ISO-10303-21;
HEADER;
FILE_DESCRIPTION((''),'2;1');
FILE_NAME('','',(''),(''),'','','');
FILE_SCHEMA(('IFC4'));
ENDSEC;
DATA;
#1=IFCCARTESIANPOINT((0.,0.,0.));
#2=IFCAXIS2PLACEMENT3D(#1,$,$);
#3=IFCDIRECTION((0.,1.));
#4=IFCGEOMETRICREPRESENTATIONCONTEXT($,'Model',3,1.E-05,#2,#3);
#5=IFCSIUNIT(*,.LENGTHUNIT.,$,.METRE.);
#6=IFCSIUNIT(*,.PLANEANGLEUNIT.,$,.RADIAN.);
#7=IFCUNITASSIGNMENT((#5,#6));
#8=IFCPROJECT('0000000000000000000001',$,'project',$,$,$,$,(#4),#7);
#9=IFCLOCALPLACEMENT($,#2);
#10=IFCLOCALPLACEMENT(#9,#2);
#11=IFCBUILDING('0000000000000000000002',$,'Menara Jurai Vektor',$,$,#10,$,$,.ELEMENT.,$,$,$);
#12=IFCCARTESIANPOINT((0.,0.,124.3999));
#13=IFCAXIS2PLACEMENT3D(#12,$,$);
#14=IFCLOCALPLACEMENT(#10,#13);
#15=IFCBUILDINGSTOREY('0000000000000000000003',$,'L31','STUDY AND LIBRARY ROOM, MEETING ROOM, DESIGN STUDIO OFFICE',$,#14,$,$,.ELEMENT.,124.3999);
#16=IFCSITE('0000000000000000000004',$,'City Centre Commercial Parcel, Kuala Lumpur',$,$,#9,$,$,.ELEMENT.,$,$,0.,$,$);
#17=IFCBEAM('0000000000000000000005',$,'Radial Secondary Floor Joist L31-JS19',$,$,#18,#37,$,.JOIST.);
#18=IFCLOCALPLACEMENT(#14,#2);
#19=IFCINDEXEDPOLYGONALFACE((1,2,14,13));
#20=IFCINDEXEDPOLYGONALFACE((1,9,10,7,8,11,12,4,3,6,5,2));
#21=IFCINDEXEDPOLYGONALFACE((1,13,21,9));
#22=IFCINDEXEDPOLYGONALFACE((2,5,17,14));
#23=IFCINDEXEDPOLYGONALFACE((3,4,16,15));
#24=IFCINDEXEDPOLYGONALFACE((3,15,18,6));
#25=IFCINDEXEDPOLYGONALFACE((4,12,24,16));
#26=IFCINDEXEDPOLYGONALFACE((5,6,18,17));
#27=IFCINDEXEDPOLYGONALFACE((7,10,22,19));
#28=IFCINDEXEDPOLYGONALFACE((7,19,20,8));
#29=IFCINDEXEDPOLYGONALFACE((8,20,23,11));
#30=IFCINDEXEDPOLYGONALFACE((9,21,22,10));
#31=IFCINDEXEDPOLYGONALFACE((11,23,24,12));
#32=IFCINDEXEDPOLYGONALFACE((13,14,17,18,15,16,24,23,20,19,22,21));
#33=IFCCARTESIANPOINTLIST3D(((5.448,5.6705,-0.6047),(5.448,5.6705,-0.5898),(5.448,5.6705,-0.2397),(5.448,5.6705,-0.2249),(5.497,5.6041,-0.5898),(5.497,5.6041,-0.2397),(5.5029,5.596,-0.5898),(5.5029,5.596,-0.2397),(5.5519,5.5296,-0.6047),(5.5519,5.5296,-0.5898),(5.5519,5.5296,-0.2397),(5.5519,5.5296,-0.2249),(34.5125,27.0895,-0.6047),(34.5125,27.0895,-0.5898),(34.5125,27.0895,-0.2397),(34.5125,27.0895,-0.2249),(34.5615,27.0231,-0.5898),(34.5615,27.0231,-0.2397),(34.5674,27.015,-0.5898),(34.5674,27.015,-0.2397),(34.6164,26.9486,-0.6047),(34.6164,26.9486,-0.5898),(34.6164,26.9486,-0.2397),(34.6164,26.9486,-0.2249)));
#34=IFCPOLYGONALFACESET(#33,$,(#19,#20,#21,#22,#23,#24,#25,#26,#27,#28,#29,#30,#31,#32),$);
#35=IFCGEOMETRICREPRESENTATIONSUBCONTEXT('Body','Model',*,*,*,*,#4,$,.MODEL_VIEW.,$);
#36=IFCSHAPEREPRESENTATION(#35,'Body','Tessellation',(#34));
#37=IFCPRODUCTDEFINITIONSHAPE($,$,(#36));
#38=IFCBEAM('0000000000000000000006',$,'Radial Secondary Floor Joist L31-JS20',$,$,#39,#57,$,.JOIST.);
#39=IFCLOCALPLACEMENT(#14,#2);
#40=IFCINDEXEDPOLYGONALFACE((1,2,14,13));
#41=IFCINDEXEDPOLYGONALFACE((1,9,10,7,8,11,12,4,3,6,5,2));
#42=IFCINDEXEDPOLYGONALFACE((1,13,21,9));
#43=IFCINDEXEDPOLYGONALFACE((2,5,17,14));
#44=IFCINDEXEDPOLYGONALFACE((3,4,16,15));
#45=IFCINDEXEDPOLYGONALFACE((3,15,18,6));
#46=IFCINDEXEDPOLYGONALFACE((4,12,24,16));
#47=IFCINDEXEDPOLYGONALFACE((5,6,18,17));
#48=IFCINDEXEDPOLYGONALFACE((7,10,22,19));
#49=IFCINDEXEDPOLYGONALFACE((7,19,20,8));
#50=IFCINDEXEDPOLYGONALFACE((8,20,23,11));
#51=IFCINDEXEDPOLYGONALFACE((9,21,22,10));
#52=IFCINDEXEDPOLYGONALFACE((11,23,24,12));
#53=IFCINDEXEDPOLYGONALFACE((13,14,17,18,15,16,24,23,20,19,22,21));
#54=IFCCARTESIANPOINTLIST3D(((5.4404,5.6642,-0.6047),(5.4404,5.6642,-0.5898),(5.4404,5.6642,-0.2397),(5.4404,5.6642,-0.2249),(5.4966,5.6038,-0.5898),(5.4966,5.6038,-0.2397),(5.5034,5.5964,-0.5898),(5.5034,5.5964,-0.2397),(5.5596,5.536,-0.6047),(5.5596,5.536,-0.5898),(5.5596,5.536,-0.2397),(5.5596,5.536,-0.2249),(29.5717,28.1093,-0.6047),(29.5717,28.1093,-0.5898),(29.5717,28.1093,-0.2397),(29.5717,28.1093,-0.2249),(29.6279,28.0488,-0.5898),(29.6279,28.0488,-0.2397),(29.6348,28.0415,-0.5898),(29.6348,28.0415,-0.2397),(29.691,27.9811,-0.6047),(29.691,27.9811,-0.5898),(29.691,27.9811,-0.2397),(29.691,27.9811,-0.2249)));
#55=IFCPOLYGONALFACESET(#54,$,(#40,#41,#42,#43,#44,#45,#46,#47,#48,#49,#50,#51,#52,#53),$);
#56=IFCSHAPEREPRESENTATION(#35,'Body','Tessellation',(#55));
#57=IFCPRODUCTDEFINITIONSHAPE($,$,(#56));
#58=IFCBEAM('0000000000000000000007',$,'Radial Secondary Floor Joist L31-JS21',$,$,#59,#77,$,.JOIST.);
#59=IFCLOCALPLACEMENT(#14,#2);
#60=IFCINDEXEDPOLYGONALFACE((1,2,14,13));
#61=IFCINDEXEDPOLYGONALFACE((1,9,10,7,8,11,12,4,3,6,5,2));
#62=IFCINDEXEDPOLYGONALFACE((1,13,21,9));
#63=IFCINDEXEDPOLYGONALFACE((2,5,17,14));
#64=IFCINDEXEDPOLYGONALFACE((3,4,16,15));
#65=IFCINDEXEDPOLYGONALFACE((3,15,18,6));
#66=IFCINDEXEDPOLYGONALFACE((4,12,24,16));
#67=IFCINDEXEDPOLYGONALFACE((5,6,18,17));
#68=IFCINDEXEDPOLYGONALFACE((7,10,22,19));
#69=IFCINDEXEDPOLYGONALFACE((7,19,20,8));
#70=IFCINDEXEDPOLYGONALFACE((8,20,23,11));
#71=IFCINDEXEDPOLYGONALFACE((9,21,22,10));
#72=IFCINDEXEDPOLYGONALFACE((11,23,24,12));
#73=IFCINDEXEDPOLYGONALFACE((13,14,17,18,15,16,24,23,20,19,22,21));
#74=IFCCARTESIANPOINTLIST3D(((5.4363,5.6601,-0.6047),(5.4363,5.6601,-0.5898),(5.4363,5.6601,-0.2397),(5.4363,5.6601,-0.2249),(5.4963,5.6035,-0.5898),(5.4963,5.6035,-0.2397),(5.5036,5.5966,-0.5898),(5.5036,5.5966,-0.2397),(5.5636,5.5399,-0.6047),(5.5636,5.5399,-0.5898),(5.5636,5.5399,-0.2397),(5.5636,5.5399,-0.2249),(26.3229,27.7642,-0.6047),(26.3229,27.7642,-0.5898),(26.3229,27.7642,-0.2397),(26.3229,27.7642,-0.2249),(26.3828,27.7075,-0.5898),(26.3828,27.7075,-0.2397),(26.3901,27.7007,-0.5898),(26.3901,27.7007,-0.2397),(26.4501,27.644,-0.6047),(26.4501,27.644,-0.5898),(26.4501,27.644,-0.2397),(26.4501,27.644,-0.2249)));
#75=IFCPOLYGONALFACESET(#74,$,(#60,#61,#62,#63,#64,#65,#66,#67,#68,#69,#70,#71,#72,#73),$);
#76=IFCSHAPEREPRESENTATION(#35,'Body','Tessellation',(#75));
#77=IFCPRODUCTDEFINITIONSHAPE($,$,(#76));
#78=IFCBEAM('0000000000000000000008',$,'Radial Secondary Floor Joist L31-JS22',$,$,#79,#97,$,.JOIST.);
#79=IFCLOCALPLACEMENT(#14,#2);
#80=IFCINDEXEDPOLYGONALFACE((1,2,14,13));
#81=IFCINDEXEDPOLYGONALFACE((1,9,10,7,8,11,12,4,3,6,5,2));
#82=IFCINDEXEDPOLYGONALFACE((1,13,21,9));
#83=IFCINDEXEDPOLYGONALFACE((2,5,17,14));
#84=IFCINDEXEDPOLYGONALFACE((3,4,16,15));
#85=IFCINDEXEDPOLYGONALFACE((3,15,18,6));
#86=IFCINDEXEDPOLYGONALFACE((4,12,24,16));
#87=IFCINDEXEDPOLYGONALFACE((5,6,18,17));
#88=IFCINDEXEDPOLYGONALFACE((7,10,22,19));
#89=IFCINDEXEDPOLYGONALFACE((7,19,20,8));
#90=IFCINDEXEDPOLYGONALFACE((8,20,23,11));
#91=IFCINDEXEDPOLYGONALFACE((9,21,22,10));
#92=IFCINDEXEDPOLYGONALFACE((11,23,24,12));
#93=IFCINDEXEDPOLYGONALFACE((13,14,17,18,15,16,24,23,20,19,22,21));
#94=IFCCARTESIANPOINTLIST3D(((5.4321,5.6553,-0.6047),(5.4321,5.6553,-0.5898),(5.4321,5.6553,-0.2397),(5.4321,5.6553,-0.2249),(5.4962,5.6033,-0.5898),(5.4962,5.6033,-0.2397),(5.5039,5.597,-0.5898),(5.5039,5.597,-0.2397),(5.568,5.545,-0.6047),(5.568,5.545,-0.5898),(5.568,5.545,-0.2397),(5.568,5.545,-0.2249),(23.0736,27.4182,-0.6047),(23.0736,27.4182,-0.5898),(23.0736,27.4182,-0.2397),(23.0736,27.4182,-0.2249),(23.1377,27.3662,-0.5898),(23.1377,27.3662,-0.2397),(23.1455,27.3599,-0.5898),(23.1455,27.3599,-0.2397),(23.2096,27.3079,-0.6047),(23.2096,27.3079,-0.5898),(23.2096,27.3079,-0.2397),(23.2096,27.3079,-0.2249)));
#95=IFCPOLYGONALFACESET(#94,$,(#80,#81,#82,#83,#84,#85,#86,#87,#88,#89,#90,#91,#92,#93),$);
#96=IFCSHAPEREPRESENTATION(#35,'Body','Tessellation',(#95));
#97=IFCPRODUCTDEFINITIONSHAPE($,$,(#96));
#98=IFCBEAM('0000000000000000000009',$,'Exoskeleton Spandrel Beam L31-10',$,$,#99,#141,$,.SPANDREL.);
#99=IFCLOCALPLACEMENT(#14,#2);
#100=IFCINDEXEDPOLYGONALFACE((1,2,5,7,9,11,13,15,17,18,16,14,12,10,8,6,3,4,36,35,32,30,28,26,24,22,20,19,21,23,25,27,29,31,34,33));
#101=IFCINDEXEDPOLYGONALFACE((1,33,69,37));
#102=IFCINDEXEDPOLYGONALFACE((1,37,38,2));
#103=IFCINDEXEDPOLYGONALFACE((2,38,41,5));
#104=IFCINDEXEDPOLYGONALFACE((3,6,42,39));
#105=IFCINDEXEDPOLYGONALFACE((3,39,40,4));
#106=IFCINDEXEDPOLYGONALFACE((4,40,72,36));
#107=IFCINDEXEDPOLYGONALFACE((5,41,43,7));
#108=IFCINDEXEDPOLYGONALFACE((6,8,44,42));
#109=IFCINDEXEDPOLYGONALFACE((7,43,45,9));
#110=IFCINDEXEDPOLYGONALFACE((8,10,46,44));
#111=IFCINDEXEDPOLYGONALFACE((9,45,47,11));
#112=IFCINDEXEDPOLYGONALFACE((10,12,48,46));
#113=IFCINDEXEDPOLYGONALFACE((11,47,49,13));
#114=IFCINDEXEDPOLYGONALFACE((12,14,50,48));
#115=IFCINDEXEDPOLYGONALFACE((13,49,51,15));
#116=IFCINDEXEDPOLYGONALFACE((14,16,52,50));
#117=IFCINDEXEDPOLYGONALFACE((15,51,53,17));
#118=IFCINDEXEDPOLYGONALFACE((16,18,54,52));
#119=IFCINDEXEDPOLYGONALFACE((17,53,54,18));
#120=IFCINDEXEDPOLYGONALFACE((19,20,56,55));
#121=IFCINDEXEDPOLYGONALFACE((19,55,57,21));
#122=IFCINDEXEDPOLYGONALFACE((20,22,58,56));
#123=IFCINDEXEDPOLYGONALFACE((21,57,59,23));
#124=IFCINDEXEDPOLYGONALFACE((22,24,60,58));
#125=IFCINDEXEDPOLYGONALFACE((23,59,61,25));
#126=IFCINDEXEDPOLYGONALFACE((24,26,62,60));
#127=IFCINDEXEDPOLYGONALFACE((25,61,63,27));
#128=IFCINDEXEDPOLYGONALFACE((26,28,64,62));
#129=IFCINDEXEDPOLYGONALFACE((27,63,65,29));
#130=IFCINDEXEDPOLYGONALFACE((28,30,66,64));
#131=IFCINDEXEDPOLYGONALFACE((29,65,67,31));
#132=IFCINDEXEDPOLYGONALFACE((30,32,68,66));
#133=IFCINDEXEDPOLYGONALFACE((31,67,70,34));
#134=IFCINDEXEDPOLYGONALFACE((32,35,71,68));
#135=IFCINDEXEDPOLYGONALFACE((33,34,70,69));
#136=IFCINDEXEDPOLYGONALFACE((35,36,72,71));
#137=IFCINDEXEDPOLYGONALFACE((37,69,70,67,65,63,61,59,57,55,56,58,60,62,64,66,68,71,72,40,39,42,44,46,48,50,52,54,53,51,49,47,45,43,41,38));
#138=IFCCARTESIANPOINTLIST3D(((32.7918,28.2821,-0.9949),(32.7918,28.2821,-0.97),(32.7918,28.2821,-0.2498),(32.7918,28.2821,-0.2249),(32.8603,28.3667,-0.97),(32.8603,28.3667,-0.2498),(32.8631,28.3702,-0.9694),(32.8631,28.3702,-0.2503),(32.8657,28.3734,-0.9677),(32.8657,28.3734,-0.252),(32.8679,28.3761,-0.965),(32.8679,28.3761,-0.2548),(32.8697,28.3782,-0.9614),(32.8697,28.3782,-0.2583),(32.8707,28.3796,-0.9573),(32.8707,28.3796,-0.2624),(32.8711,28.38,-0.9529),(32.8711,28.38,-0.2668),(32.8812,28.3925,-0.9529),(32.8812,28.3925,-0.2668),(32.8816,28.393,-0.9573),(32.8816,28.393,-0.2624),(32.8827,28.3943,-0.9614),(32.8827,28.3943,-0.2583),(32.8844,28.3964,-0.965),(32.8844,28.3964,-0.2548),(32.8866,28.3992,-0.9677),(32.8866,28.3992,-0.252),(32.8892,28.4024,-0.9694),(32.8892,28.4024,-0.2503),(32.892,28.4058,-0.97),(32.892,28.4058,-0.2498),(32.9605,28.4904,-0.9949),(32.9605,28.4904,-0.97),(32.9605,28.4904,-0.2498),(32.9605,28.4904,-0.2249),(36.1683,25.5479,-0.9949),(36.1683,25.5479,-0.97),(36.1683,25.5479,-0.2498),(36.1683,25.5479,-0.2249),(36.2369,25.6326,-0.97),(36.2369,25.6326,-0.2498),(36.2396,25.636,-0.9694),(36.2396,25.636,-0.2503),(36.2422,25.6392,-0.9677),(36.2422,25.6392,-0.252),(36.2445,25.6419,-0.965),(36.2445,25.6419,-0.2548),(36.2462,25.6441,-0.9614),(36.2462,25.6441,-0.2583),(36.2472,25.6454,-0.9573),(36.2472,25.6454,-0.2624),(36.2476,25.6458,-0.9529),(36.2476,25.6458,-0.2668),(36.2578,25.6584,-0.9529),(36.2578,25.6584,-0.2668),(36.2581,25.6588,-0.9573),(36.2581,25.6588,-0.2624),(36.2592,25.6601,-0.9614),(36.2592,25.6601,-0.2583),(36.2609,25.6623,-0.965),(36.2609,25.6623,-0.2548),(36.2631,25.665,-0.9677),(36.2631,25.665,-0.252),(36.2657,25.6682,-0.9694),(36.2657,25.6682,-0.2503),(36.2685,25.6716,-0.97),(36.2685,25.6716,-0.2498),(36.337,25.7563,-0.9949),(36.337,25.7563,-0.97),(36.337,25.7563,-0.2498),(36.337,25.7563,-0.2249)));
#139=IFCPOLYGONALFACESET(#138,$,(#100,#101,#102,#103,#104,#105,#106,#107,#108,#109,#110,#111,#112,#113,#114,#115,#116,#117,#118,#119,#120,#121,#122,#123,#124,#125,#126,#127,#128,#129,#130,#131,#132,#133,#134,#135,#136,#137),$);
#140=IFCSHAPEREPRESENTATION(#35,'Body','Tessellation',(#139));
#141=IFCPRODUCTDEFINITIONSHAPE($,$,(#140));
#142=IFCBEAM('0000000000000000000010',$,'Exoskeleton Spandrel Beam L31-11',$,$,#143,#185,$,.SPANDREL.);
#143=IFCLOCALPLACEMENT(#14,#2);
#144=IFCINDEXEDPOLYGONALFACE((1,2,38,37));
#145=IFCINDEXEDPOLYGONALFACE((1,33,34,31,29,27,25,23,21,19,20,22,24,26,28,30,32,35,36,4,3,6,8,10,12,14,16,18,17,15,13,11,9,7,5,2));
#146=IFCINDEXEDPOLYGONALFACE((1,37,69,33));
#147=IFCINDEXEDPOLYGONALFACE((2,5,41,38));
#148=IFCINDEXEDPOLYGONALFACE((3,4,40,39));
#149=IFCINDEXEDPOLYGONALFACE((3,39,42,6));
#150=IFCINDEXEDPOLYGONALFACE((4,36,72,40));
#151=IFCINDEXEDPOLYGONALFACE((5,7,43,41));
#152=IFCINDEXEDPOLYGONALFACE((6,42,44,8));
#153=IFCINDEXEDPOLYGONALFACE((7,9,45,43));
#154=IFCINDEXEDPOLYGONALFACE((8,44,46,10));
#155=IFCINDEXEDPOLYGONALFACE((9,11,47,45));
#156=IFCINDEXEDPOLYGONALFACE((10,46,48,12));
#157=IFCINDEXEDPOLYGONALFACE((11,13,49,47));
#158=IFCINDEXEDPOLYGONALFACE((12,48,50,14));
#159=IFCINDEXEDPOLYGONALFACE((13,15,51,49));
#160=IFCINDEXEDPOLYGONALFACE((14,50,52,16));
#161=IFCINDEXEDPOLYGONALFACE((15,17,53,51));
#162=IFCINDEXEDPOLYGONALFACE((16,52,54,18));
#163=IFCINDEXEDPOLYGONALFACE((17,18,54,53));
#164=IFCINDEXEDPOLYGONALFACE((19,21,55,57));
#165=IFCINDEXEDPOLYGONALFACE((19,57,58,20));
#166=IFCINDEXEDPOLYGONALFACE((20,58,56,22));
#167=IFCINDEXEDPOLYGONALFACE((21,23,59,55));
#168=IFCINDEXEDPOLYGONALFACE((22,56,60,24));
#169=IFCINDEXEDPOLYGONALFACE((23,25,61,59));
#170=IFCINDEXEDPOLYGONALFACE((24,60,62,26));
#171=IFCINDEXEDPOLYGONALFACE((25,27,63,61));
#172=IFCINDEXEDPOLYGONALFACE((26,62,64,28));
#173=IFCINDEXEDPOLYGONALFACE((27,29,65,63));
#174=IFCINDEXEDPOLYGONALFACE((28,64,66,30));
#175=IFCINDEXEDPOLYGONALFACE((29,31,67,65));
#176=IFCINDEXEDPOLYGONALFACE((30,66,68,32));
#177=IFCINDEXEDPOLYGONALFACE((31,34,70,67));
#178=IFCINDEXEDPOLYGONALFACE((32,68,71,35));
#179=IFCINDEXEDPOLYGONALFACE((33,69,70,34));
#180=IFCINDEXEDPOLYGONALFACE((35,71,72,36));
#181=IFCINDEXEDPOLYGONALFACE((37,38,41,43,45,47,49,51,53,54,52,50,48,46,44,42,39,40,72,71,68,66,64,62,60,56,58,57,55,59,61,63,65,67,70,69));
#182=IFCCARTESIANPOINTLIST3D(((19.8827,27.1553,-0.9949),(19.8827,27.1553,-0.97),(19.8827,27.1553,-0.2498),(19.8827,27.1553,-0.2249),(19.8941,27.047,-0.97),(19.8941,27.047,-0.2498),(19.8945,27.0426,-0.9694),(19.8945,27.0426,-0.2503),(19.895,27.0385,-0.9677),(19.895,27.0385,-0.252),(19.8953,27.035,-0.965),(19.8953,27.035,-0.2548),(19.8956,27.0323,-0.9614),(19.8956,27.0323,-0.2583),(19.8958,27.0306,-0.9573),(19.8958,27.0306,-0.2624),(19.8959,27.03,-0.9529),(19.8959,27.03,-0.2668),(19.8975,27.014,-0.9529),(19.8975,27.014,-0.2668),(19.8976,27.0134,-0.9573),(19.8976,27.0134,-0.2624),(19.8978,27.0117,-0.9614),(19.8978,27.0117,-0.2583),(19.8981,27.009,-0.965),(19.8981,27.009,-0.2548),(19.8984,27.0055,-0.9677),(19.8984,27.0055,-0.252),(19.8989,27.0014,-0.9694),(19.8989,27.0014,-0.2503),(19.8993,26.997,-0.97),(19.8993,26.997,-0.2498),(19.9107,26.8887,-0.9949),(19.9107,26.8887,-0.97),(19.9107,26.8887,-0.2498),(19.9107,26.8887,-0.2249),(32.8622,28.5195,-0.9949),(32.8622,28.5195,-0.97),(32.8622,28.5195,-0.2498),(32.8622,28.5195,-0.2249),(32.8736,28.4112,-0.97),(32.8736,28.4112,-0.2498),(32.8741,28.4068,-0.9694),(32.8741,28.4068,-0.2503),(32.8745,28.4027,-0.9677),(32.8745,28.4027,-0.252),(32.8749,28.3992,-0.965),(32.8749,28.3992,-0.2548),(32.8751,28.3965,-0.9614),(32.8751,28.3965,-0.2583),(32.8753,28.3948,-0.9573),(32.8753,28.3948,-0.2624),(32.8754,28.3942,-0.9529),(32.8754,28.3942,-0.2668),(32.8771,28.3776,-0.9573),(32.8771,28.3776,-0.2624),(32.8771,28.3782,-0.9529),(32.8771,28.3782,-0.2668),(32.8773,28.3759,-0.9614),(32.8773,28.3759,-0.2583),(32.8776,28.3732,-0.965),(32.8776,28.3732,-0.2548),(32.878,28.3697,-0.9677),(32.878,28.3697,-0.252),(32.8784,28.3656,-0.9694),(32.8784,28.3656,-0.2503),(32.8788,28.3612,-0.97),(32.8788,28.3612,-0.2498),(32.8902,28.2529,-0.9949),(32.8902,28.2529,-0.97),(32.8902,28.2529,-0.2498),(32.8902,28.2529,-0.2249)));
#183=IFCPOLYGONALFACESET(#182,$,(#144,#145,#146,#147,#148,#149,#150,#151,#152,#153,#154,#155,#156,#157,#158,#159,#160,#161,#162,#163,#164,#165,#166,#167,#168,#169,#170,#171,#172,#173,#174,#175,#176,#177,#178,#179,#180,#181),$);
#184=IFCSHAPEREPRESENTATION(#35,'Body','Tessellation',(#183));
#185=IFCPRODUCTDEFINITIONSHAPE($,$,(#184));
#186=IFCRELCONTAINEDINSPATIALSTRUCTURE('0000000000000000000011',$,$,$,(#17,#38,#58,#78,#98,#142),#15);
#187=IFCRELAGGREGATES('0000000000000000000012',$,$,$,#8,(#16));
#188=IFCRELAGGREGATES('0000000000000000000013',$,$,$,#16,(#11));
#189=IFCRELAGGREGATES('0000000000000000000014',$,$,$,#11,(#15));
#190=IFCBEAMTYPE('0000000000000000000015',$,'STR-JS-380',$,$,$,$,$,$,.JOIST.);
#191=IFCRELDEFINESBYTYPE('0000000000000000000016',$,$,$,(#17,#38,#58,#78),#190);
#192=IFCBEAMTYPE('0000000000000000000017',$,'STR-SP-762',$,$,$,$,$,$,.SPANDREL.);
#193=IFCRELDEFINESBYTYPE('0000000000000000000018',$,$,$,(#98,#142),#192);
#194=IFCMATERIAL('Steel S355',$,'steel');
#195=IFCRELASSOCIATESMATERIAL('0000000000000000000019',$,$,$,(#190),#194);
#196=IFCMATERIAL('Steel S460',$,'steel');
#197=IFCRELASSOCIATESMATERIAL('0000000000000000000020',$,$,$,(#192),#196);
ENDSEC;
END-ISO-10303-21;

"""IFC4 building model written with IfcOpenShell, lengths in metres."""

from ifc_helpers import new_model, si_unit, direction, frame, origin, origin_2d, place, context, subcontext, project, spatial, i_section, extrude, material, material_profile, profile_set, type_object, element, save


model = new_model("IFC4")

# Units and contexts
model_context = context("Model", 3, precision=1e-05, world=origin(), true_north=direction((0.0, 1.0)))
body_context = subcontext(model_context, "Body", "Model", "MODEL_VIEW")
ifc_project = project(units=[si_unit("LENGTHUNIT", "METRE"), si_unit("PLANEANGLEUNIT", "RADIAN")], contexts=[model_context])

# Site, building, storey
site_placement = place(None, origin())
site = spatial("IfcSite", under=ifc_project, at=site_placement, Name="City Centre Commercial Parcel, Kuala Lumpur", CompositionType="ELEMENT", RefElevation=0.0)
building_placement = place(site_placement, origin())
building = spatial("IfcBuilding", under=site, at=building_placement, Name="Menara Jurai Vektor", CompositionType="ELEMENT")
storey_placement = place(building_placement, frame((0.0, 0.0, 124.3999)))
storey = spatial("IfcBuildingStorey", under=building, at=storey_placement, Name="L31", Description="STUDY AND LIBRARY ROOM, MEETING ROOM, DESIGN STUDIO OFFICE", CompositionType="ELEMENT", Elevation=124.3999)

# Shared definitions
ifc_material_1 = material(Name="Steel S460", Category="steel")

# Shared definitions
ifc_material_2 = material(Name="Steel S355", Category="steel")

# Beams
ifc_material_profile_1 = material_profile(ifc_material_2, i_section(OverallWidth=0.175, OverallDepth=0.3799, WebThickness=0.01, FlangeThickness=0.0149, at=origin_2d()), Name="PG 380x175x58")
ifc_profile_set_1 = profile_set([ifc_material_profile_1], Name="Steel S355")
beam_type_1 = type_object("IfcBeamType", Name="STR-JS-380", PredefinedType="JOIST", material=ifc_profile_set_1)
beam_1_placement = place(storey_placement, frame((34.5645, 27.019, -0.4148), z_axis=(-0.805016, -0.593253, 0.0), x_axis=(0.593253, -0.805016, 0.0)))
element("IfcBeam", 1, at=beam_1_placement, inside=storey, type_object=beam_type_1, Name="Radial Secondary Floor Joist L31-JS19", PredefinedType="JOIST", context=body_context, shape_type="SweptSolid", body=[
    extrude(i_section(OverallWidth=0.175, OverallDepth=0.3799, WebThickness=0.01, FlangeThickness=0.0149, at=origin_2d()), origin(), (0.0, 0.0, 1.0), 36.1042),
])
beam_2_placement = place(storey_placement, frame((29.6313, 28.0452, -0.4148), z_axis=(-0.732228, -0.68106, 0.0), x_axis=(0.68106, -0.732228, 0.0)))
element("IfcBeam", 2, at=beam_2_placement, inside=storey, type_object=beam_type_1, Name="Radial Secondary Floor Joist L31-JS20", PredefinedType="JOIST", context=body_context, shape_type="SweptSolid", body=[
    extrude(i_section(OverallWidth=0.175, OverallDepth=0.3799, WebThickness=0.01, FlangeThickness=0.0149, at=origin_2d()), origin(), (0.0, 0.0, 1.0), 32.9561),
])
beam_3_placement = place(storey_placement, frame((26.3865, 27.7041, -0.4148), z_axis=(-0.686805, -0.726841, 0.0), x_axis=(0.726841, -0.686805, 0.0)))
element("IfcBeam", 3, at=beam_3_placement, inside=storey, type_object=beam_type_1, Name="Radial Secondary Floor Joist L31-JS21", PredefinedType="JOIST", context=body_context, shape_type="SweptSolid", body=[
    extrude(i_section(OverallWidth=0.175, OverallDepth=0.3799, WebThickness=0.01, FlangeThickness=0.0149, at=origin_2d()), origin(), (0.0, 0.0, 1.0), 30.4111),
])
beam_4_placement = place(storey_placement, frame((23.1416, 27.363, -0.4148), z_axis=(-0.629715, -0.776826, 0.0), x_axis=(0.776826, -0.629715, 0.0)))
element("IfcBeam", 4, at=beam_4_placement, inside=storey, type_object=beam_type_1, Name="Radial Secondary Floor Joist L31-JS22", PredefinedType="JOIST", context=body_context, shape_type="SweptSolid", body=[
    extrude(i_section(OverallWidth=0.175, OverallDepth=0.3799, WebThickness=0.01, FlangeThickness=0.0149, at=origin_2d()), origin(), (0.0, 0.0, 1.0), 28.0151),
])
ifc_material_profile_2 = material_profile(ifc_material_1, i_section(OverallWidth=0.2681, OverallDepth=0.77, WebThickness=0.0161, FlangeThickness=0.0249, FilletRadius=0.0171, at=origin_2d()), Name="UKB 762x267x197")
ifc_profile_set_2 = profile_set([ifc_material_profile_2], Name="Steel S460")
beam_type_2 = type_object("IfcBeamType", Name="STR-SP-762", PredefinedType="SPANDREL", material=ifc_profile_set_2)
beam_5_placement = place(storey_placement, frame((36.2527, 25.6521, -0.6099), z_axis=(-0.777155, 0.62931, 0.0), x_axis=(-0.62931, -0.777155, 0.0)))
element("IfcBeam", 5, at=beam_5_placement, inside=storey, type_object=beam_type_2, Name="Exoskeleton Spandrel Beam L31-10", PredefinedType="SPANDREL", context=body_context, shape_type="SweptSolid", body=[
    extrude(i_section(OverallWidth=0.2681, OverallDepth=0.77, WebThickness=0.0161, FlangeThickness=0.0249, FilletRadius=0.0171, at=origin_2d()), origin(), (0.0, 0.0, 1.0), 4.3447),
])
beam_6_placement = place(storey_placement, frame((32.8762, 28.3862, -0.6099), z_axis=(-0.994521, -0.104533, 0.0), x_axis=(0.104533, -0.994521, 0.0)))
element("IfcBeam", 6, at=beam_6_placement, inside=storey, type_object=beam_type_2, Name="Exoskeleton Spandrel Beam L31-11", PredefinedType="SPANDREL", context=body_context, shape_type="SweptSolid", body=[
    extrude(i_section(OverallWidth=0.2681, OverallDepth=0.77, WebThickness=0.0161, FlangeThickness=0.0249, FilletRadius=0.0171, at=origin_2d()), origin(), (0.0, 0.0, 1.0), 13.051),
])

save(model, "model.ifc")
